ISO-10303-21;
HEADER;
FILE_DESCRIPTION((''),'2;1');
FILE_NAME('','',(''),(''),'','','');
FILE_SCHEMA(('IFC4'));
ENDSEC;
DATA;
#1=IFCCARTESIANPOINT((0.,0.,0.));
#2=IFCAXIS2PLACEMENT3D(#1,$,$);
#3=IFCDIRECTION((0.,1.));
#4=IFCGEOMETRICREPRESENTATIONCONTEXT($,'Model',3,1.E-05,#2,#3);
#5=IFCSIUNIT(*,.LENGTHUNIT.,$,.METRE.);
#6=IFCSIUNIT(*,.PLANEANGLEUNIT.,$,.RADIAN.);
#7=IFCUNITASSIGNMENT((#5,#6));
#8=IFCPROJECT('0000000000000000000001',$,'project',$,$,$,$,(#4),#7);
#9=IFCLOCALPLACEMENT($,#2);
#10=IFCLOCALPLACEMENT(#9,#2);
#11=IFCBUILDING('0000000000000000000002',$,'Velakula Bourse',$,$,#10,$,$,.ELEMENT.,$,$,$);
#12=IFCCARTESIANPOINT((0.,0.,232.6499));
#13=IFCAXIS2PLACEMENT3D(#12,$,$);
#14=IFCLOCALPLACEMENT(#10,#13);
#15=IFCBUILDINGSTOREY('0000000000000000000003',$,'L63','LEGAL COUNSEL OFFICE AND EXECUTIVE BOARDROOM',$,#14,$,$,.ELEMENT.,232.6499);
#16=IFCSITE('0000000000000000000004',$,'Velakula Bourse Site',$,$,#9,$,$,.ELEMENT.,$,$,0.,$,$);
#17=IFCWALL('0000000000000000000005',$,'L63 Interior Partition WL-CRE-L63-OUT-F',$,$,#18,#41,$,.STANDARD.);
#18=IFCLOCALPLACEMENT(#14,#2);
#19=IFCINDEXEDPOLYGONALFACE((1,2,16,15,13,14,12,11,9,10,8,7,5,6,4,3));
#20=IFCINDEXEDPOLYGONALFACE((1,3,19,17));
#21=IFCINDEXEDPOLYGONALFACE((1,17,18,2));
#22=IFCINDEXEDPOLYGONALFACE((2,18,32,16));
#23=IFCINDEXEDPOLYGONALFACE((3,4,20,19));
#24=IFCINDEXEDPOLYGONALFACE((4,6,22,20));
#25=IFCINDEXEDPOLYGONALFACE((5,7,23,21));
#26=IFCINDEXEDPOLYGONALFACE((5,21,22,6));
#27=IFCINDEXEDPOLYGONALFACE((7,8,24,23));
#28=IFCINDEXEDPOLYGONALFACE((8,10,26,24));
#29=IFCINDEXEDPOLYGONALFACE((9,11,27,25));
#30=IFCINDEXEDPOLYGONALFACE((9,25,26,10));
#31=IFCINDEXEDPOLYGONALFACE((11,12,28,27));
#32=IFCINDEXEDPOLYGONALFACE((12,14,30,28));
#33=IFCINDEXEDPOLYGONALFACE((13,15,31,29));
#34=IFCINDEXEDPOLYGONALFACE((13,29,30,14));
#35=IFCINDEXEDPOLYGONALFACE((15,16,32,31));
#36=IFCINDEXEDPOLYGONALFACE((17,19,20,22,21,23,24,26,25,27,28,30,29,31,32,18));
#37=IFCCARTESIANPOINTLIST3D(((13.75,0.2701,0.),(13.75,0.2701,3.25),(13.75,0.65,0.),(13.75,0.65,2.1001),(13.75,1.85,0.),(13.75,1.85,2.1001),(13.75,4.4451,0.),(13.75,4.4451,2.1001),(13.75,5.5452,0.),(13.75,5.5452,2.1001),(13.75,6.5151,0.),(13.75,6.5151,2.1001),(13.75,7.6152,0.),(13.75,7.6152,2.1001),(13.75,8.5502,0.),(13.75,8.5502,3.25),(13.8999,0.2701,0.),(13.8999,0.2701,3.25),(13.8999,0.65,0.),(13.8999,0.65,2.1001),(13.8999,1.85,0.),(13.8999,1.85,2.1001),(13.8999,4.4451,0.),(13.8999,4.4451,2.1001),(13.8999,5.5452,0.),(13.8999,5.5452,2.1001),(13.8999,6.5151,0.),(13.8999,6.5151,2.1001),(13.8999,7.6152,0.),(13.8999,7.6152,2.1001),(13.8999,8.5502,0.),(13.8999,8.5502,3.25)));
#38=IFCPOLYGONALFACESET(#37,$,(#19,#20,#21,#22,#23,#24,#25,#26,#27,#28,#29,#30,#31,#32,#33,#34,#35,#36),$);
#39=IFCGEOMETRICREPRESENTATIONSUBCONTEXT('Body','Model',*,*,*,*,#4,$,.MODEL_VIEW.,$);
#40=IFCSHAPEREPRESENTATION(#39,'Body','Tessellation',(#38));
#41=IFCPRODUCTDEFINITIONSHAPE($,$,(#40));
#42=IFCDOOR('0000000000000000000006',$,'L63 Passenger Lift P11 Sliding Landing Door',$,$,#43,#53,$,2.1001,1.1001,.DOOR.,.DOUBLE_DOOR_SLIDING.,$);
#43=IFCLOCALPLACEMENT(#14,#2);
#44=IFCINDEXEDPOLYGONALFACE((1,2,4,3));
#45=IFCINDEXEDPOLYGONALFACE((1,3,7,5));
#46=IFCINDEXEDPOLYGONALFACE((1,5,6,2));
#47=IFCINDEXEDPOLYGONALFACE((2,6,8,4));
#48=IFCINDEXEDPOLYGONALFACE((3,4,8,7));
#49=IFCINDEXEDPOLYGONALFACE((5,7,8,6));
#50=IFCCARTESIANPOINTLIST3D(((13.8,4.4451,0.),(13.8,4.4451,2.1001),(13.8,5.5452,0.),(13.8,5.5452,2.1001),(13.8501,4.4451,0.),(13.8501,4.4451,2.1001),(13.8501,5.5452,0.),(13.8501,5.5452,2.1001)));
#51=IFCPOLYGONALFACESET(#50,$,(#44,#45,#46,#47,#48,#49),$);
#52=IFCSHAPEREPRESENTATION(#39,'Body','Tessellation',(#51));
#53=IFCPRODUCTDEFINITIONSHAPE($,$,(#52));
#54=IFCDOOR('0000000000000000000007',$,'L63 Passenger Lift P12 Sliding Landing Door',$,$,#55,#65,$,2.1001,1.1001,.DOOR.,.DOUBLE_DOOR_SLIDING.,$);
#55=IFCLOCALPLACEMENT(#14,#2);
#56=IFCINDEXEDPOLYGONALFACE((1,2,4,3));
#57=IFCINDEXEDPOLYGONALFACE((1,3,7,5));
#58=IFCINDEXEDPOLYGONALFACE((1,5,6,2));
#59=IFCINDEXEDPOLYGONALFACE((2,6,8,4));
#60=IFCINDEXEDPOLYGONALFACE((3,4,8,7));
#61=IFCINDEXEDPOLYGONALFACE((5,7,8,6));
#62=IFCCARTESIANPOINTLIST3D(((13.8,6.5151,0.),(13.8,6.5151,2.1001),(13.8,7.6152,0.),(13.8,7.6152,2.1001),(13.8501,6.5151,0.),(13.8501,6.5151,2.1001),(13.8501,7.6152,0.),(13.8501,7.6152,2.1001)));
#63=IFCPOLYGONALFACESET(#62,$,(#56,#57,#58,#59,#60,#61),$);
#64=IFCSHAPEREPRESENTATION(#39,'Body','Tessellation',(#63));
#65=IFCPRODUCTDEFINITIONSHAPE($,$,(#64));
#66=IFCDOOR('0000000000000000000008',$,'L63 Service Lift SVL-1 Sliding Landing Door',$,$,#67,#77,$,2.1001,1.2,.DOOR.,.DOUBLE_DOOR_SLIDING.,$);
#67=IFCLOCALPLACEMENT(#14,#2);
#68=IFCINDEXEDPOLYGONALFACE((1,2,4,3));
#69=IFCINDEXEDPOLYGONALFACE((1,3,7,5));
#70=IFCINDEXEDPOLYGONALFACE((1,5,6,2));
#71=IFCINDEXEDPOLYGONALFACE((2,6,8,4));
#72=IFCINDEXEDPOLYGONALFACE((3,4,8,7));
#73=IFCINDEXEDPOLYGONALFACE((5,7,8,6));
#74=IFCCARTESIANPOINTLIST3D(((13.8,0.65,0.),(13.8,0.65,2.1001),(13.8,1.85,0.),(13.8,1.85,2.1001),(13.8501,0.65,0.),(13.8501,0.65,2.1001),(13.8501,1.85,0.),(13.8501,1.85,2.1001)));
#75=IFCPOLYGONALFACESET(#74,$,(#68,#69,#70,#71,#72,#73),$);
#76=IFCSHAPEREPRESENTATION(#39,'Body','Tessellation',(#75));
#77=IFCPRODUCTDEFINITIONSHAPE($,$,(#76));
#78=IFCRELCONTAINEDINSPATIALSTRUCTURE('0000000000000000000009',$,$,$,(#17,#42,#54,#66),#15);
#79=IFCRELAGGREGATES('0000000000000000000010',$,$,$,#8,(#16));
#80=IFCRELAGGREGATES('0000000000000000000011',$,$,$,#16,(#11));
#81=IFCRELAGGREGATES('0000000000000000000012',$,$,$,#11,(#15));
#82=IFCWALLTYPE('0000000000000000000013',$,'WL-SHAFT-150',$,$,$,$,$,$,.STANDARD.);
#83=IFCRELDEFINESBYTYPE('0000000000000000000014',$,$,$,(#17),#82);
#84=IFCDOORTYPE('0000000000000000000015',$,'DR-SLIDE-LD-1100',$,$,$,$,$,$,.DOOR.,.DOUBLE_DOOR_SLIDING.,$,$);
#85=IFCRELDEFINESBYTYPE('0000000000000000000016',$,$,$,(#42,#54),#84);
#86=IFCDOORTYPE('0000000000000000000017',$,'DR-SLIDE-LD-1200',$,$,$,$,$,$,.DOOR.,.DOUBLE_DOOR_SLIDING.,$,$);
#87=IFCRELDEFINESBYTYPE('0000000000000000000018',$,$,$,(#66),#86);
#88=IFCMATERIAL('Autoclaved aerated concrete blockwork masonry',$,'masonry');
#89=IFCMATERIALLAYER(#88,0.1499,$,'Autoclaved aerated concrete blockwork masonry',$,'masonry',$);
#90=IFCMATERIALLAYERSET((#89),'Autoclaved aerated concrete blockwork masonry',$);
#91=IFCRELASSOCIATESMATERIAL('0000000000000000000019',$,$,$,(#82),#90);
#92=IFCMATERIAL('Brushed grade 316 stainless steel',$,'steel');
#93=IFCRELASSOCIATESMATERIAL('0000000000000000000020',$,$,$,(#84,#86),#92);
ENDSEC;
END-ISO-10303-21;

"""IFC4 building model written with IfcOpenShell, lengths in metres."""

from ifc_helpers import new_model, si_unit, direction, frame, frame_2d, origin, place, context, subcontext, project, spatial, rectangle, extrude, material, layer, layer_set, type_object, element, fill, save


model = new_model("IFC4")

# Units and contexts
model_context = context("Model", 3, precision=1e-05, world=origin(), true_north=direction((0.0, 1.0)))
body_context = subcontext(model_context, "Body", "Model", "MODEL_VIEW")
ifc_project = project(units=[si_unit("LENGTHUNIT", "METRE"), si_unit("PLANEANGLEUNIT", "RADIAN")], contexts=[model_context])

# Site, building, storey
site_placement = place(None, origin())
site = spatial("IfcSite", under=ifc_project, at=site_placement, Name="Velakula Bourse Site", CompositionType="ELEMENT", RefElevation=0.0)
building_placement = place(site_placement, origin())
building = spatial("IfcBuilding", under=site, at=building_placement, Name="Velakula Bourse", CompositionType="ELEMENT")
storey_placement = place(building_placement, frame((0.0, 0.0, 232.6499)))
storey = spatial("IfcBuildingStorey", under=building, at=storey_placement, Name="L63", Description="LEGAL COUNSEL OFFICE AND EXECUTIVE BOARDROOM", CompositionType="ELEMENT", Elevation=232.6499)

# Shared definitions
ifc_material_1 = material(Name="Autoclaved aerated concrete blockwork masonry", Category="masonry")
ifc_layer_1 = layer(ifc_material_1, 0.1499, Name="Autoclaved aerated concrete blockwork masonry", Category="masonry")
ifc_layer_set_1 = layer_set([ifc_layer_1], Name="Autoclaved aerated concrete blockwork masonry")
wall_type_1 = type_object("IfcWallType", Name="WL-SHAFT-150", PredefinedType="STANDARD", material=ifc_layer_set_1)

# Wall, openings, doors
wall_1_placement = place(storey_placement, frame((13.825, 0.27, 0.0), z_axis=(0.0, 0.0, 1.0), x_axis=(0.0, 1.0, 0.0)))
wall_1 = element("IfcWall", 1, at=wall_1_placement, inside=storey, type_object=wall_type_1, Name="L63 Interior Partition WL-CRE-L63-OUT-F", PredefinedType="STANDARD", context=body_context, shape_type="SweptSolid", body=[
    extrude(rectangle(XDim=8.28, YDim=0.1499, at=frame_2d((4.1401, 0.0))), origin(), (0.0, 0.0, 1.0), 3.25),
])
opening_1_placement = place(wall_1_placement, frame((4.175, 0.0, 0.0)))
opening_1 = element("IfcOpeningElement", 2, at=opening_1_placement, cuts=wall_1, PredefinedType="OPENING", context=body_context, shape_type="SweptSolid", body=[
    extrude(rectangle(XDim=1.1001, YDim=2.1001, at=frame_2d((0.55, 1.05))), frame((0.0, 0.085, 0.0), z_axis=(0.0, -1.0, 0.0), x_axis=(1.0, 0.0, 0.0)), (0.0, 0.0, 1.0), 0.1699),
])
opening_2_placement = place(wall_1_placement, frame((6.2451, 0.0, 0.0)))
opening_2 = element("IfcOpeningElement", 3, at=opening_2_placement, cuts=wall_1, PredefinedType="OPENING", context=body_context, shape_type="SweptSolid", body=[
    extrude(rectangle(XDim=1.1001, YDim=2.1001, at=frame_2d((0.55, 1.05))), frame((0.0, 0.085, 0.0), z_axis=(0.0, -1.0, 0.0), x_axis=(1.0, 0.0, 0.0)), (0.0, 0.0, 1.0), 0.1699),
])
opening_3_placement = place(wall_1_placement, frame((0.3799, 0.0, 0.0)))
opening_3 = element("IfcOpeningElement", 4, at=opening_3_placement, cuts=wall_1, PredefinedType="OPENING", context=body_context, shape_type="SweptSolid", body=[
    extrude(rectangle(XDim=1.2, YDim=2.1001, at=frame_2d((0.6001, 1.05))), frame((0.0, 0.085, 0.0), z_axis=(0.0, -1.0, 0.0), x_axis=(1.0, 0.0, 0.0)), (0.0, 0.0, 1.0), 0.1699),
])
ifc_material_2 = material(Name="Brushed grade 316 stainless steel", Category="steel")
door_type_1 = type_object("IfcDoorType", Name="DR-SLIDE-LD-1100", OperationType="DOUBLE_DOOR_SLIDING", PredefinedType="DOOR", material=ifc_material_2)
door_1_placement = place(opening_1_placement, origin())
door_1 = element("IfcDoor", 5, at=door_1_placement, inside=storey, type_object=door_type_1, Name="L63 Passenger Lift P11 Sliding Landing Door", OperationType="DOUBLE_DOOR_SLIDING", OverallHeight=2.1001, OverallWidth=1.1001, PredefinedType="DOOR", context=body_context, shape_type="SweptSolid", body=[
    extrude(rectangle(XDim=1.1001, YDim=2.1001, at=frame_2d((0.55, 1.05))), frame((0.0, 0.0249, 0.0), z_axis=(0.0, -1.0, 0.0), x_axis=(1.0, 0.0, 0.0)), (0.0, 0.0, 1.0), 0.05),
])
fill(opening_1, door_1)
door_2_placement = place(opening_2_placement, origin())
door_2 = element("IfcDoor", 6, at=door_2_placement, inside=storey, type_object=door_type_1, Name="L63 Passenger Lift P12 Sliding Landing Door", OperationType="DOUBLE_DOOR_SLIDING", OverallHeight=2.1001, OverallWidth=1.1001, PredefinedType="DOOR", context=body_context, shape_type="SweptSolid", body=[
    extrude(rectangle(XDim=1.1001, YDim=2.1001, at=frame_2d((0.55, 1.05))), frame((0.0, 0.0249, 0.0), z_axis=(0.0, -1.0, 0.0), x_axis=(1.0, 0.0, 0.0)), (0.0, 0.0, 1.0), 0.05),
])
fill(opening_2, door_2)
door_type_2 = type_object("IfcDoorType", Name="DR-SLIDE-LD-1200", OperationType="DOUBLE_DOOR_SLIDING", PredefinedType="DOOR", material=ifc_material_2)
door_3_placement = place(opening_3_placement, origin())
door_3 = element("IfcDoor", 7, at=door_3_placement, inside=storey, type_object=door_type_2, Name="L63 Service Lift SVL-1 Sliding Landing Door", OperationType="DOUBLE_DOOR_SLIDING", OverallHeight=2.1001, OverallWidth=1.2, PredefinedType="DOOR", context=body_context, shape_type="SweptSolid", body=[
    extrude(rectangle(XDim=1.2, YDim=2.1001, at=frame_2d((0.6001, 1.05))), frame((0.0, 0.0249, 0.0), z_axis=(0.0, -1.0, 0.0), x_axis=(1.0, 0.0, 0.0)), (0.0, 0.0, 1.0), 0.05),
])
fill(opening_3, door_3)

save(model, "model.ifc")
